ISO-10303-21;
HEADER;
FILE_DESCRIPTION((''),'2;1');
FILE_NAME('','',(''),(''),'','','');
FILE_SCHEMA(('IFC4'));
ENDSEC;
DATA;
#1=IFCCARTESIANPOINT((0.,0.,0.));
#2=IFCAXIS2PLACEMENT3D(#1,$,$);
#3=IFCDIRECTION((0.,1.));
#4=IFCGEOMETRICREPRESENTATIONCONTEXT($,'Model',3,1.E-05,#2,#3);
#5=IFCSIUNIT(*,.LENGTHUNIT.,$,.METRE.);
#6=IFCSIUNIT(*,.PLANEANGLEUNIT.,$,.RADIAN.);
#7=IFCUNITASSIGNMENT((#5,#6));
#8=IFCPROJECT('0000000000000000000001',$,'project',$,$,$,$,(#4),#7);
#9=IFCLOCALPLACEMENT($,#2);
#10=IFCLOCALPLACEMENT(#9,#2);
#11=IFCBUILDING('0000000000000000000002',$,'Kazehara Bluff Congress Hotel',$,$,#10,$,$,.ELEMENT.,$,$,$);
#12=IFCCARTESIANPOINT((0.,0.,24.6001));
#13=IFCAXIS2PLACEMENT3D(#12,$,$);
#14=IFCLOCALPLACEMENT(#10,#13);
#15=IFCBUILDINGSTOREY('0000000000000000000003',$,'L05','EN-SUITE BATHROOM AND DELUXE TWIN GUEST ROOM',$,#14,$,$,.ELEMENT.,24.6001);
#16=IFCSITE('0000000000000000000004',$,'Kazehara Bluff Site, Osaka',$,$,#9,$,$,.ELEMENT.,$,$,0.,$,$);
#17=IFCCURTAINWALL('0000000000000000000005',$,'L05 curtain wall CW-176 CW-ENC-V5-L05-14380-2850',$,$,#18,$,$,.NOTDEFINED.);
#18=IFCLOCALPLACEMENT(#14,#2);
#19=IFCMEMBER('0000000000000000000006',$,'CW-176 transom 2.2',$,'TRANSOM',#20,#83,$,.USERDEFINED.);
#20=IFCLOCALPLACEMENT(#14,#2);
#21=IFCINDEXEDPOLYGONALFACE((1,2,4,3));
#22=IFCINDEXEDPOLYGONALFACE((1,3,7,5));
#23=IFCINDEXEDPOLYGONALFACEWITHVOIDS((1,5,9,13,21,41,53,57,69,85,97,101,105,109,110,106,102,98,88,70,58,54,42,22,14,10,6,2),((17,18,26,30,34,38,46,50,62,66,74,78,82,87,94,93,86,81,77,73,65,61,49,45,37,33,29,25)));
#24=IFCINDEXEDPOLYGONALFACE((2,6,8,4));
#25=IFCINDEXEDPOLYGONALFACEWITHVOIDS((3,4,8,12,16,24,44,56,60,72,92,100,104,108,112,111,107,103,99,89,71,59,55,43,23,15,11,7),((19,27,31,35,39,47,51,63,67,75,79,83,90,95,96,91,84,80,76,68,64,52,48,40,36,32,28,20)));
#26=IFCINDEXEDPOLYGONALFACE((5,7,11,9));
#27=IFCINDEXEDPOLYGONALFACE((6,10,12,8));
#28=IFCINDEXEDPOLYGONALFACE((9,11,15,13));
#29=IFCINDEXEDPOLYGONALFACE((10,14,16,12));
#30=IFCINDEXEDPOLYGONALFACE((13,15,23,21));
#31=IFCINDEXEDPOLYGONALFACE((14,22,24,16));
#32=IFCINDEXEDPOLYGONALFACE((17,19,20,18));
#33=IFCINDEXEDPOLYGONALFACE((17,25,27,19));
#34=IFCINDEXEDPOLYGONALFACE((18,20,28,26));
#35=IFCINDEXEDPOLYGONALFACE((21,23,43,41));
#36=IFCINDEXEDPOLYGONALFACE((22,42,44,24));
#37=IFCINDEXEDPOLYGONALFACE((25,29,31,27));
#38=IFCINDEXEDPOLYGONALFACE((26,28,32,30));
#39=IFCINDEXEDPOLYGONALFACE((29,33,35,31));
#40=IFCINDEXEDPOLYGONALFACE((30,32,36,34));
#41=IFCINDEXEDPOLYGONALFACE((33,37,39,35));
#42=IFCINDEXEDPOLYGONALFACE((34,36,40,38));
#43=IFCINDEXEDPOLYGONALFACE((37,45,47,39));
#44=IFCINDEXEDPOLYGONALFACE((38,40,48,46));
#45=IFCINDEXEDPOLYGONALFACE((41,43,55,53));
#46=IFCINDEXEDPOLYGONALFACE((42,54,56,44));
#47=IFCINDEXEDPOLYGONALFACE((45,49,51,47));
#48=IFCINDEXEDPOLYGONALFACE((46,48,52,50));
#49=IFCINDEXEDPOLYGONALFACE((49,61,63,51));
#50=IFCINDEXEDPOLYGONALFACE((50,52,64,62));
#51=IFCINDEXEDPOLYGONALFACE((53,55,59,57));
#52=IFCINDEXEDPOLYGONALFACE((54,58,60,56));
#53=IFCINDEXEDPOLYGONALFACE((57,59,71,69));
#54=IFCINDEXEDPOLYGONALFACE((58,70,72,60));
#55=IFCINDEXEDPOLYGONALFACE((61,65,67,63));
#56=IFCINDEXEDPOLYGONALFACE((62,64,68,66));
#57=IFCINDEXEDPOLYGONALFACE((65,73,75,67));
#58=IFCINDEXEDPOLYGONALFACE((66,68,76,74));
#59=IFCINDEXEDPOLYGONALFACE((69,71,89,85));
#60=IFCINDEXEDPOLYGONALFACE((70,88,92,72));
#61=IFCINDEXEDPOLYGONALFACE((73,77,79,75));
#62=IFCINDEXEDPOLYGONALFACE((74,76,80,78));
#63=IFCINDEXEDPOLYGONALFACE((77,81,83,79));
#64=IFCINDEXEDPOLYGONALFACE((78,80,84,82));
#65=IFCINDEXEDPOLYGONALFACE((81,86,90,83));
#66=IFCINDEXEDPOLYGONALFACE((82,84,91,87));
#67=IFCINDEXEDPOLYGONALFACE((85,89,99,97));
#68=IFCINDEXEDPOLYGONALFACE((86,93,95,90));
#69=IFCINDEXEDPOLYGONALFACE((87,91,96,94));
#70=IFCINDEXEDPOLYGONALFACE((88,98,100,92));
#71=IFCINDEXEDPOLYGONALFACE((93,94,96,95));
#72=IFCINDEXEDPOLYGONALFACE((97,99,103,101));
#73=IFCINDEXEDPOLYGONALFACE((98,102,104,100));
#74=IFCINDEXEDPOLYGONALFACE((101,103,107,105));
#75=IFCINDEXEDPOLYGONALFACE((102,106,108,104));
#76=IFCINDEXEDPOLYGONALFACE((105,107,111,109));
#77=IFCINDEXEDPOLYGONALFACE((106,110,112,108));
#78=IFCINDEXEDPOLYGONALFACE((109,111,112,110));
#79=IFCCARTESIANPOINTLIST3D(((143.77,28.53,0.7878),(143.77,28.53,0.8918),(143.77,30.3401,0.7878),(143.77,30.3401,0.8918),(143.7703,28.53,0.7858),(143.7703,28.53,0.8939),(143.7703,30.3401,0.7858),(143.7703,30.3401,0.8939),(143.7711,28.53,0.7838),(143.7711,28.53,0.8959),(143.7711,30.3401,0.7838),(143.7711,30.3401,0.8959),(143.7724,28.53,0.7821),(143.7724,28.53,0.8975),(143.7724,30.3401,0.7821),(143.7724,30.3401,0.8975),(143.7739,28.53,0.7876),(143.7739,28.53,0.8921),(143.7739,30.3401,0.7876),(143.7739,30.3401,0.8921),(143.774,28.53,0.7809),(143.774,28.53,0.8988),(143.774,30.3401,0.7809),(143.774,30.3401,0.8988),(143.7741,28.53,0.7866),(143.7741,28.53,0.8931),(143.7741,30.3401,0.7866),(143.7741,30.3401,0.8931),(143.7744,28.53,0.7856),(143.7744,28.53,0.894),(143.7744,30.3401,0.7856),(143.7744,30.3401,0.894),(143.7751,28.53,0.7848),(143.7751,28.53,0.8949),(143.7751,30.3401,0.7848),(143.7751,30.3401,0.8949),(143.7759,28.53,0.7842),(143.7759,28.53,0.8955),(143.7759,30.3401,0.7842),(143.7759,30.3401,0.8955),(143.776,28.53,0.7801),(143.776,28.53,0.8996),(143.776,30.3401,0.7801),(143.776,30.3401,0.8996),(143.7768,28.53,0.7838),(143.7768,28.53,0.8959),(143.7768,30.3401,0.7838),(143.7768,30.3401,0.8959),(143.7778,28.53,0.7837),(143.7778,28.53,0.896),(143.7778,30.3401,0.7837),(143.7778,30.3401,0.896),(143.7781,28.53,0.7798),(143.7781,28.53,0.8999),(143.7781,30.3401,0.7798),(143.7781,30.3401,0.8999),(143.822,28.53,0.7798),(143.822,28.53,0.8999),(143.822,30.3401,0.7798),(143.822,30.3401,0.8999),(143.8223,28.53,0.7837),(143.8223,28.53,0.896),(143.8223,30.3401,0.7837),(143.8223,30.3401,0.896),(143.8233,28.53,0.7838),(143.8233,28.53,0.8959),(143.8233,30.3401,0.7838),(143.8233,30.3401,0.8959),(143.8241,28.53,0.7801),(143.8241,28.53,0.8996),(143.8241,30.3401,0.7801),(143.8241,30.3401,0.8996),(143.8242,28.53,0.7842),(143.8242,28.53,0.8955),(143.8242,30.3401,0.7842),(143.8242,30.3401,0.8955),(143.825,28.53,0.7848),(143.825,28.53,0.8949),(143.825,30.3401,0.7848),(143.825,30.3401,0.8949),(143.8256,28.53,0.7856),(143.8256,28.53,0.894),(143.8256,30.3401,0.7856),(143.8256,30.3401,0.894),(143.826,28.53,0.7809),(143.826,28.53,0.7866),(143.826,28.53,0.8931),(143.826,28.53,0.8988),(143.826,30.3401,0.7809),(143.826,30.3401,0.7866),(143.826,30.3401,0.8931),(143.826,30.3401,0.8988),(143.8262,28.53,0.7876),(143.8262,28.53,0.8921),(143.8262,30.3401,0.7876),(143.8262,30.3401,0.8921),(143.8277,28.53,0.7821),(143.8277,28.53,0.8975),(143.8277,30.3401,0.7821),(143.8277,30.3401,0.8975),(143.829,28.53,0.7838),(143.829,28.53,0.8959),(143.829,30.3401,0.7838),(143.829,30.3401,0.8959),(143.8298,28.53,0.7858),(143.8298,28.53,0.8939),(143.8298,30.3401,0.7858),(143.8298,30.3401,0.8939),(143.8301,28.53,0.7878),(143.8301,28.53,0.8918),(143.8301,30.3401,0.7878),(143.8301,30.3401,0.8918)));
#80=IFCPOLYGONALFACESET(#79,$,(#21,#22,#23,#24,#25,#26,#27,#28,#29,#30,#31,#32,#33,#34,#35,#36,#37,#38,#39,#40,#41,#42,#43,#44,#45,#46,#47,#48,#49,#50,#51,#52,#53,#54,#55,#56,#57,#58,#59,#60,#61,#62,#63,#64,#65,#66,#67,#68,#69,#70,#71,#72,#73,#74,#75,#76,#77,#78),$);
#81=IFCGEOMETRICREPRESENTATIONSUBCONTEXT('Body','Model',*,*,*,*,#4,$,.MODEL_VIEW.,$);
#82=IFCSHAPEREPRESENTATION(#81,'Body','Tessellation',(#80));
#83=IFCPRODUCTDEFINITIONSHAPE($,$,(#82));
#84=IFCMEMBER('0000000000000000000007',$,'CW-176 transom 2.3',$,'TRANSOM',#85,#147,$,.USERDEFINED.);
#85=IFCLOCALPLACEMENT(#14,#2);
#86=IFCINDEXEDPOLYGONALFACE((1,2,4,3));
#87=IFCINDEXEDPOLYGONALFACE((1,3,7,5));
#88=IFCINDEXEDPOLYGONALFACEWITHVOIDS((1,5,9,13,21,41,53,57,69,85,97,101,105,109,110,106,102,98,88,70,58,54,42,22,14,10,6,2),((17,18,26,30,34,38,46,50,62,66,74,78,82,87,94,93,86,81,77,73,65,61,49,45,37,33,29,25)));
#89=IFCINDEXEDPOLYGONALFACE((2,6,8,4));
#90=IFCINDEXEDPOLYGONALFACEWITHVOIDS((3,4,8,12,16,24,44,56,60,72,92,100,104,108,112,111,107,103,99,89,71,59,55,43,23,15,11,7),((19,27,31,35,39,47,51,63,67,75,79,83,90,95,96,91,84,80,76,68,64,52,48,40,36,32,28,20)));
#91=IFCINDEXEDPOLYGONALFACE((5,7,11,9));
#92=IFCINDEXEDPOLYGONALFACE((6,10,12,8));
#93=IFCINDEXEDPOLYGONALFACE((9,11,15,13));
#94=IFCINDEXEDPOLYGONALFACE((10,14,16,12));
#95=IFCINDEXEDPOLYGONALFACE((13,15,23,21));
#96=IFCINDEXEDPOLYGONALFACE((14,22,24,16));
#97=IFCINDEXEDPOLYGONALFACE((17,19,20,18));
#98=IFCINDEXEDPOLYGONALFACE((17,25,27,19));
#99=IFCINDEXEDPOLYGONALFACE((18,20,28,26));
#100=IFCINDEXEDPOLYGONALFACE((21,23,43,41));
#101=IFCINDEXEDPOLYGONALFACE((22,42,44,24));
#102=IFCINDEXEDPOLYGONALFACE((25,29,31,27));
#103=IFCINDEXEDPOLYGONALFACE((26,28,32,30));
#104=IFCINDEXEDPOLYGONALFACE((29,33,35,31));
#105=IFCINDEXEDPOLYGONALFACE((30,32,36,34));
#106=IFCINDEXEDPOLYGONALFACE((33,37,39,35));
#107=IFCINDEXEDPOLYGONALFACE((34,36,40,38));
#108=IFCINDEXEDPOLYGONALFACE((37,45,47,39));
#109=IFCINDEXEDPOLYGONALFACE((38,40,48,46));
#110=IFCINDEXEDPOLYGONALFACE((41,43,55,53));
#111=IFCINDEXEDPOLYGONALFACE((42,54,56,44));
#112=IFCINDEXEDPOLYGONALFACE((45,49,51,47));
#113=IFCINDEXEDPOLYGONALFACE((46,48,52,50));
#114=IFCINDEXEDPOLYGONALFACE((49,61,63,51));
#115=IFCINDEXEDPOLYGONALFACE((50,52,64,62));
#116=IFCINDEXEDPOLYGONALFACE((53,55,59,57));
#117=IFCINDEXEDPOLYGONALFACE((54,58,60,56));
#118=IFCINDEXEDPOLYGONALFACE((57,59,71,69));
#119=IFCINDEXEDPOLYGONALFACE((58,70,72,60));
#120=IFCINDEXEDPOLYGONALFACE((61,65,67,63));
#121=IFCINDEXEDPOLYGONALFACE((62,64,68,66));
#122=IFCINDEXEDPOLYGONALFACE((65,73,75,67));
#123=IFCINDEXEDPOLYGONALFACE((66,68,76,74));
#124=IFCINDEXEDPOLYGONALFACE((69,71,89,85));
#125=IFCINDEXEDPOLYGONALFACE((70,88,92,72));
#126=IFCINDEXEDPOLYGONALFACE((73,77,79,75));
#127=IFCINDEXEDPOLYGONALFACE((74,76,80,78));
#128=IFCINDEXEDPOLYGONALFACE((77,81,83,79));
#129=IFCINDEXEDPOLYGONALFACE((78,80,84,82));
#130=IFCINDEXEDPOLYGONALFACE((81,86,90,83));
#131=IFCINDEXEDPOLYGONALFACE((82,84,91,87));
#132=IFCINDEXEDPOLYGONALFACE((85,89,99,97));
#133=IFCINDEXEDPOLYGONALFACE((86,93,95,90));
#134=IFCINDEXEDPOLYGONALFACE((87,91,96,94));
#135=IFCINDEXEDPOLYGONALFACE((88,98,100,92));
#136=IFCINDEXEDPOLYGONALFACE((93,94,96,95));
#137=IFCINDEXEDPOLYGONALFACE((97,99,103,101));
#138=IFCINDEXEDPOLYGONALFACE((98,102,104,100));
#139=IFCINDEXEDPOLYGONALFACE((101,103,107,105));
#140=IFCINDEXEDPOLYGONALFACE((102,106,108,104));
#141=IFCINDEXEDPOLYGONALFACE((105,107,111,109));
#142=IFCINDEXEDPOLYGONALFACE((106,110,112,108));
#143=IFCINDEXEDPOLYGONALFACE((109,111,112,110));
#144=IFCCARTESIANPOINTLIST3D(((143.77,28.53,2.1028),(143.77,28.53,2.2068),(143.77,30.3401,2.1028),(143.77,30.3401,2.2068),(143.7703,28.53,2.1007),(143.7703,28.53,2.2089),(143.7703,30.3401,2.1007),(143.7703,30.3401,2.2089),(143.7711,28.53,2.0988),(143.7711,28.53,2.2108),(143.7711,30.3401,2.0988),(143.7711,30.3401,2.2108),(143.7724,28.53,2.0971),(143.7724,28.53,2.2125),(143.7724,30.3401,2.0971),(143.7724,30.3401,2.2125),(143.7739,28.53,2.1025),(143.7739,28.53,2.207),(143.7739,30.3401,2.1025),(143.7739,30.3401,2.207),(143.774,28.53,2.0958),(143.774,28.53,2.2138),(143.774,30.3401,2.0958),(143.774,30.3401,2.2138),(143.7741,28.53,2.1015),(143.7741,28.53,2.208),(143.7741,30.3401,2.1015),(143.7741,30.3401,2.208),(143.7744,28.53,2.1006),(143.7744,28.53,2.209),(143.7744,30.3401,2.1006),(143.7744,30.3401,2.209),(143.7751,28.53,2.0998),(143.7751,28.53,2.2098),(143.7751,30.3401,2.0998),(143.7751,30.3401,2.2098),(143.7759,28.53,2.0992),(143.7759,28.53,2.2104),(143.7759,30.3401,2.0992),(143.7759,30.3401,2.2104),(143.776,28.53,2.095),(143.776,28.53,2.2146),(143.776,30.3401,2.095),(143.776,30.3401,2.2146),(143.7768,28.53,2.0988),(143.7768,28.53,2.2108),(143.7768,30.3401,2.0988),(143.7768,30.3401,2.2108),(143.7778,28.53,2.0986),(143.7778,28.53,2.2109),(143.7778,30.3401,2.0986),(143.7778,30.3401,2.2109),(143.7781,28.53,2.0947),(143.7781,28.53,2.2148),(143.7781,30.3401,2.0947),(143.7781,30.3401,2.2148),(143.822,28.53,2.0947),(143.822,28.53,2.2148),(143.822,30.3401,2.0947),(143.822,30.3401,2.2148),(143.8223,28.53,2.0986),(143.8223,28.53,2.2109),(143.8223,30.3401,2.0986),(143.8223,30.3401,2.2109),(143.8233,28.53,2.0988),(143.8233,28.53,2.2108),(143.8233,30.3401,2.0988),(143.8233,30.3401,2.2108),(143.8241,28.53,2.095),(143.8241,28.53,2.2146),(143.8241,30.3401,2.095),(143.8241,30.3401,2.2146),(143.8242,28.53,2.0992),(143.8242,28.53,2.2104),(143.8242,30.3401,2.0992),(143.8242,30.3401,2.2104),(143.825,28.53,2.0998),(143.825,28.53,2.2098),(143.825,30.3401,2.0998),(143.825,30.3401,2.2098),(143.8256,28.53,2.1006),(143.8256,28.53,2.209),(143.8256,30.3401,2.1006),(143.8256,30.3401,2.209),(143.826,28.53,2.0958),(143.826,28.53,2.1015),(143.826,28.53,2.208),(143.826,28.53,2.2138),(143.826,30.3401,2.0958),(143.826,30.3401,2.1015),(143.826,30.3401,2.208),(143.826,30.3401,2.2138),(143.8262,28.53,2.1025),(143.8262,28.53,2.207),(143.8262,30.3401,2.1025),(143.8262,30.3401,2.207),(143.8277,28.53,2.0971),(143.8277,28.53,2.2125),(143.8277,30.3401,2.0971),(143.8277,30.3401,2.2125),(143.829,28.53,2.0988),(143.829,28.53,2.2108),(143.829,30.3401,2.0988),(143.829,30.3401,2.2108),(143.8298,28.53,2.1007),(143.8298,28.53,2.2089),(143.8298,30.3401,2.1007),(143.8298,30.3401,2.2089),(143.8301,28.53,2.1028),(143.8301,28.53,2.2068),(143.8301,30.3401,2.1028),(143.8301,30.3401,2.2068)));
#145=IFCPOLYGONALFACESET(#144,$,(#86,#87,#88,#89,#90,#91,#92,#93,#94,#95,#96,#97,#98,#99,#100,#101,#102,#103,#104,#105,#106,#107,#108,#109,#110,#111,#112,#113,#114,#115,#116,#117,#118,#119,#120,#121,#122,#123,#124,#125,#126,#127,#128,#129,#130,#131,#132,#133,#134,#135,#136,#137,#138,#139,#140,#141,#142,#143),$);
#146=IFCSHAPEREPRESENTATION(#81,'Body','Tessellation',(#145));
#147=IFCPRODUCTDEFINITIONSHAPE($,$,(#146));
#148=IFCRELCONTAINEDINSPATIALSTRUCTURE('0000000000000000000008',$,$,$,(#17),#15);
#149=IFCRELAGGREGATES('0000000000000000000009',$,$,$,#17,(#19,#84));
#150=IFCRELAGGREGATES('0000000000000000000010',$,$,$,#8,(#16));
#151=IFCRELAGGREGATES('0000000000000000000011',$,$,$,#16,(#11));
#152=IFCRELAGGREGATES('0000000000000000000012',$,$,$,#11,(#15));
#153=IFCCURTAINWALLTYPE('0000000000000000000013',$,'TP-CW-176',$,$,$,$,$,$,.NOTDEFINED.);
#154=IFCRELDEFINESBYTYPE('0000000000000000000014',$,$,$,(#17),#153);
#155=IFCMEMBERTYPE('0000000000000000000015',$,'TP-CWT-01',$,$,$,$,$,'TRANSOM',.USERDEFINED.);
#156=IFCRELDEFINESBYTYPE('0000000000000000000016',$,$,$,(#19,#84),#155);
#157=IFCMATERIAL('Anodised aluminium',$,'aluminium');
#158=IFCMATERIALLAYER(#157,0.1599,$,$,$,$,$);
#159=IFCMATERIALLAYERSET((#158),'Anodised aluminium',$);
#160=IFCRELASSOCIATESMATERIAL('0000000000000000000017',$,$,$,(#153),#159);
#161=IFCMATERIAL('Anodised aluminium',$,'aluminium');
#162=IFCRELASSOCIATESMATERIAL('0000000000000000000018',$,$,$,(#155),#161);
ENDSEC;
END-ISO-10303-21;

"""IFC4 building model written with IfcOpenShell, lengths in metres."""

from ifc_helpers import new_model, si_unit, direction, frame, origin, origin_2d, place, context, subcontext, project, spatial, hollow_rectangle, extrude, material, layer, layer_set, material_profile, profile_set, type_object, element, aggregate, save


model = new_model("IFC4")

# Units and contexts
model_context = context("Model", 3, precision=1e-05, world=origin(), true_north=direction((0.0, 1.0)))
body_context = subcontext(model_context, "Body", "Model", "MODEL_VIEW")
ifc_project = project(units=[si_unit("LENGTHUNIT", "METRE"), si_unit("PLANEANGLEUNIT", "RADIAN")], contexts=[model_context])

# Site, building, storey
site_placement = place(None, origin())
site = spatial("IfcSite", under=ifc_project, at=site_placement, Name="Kazehara Bluff Site, Osaka", CompositionType="ELEMENT", RefElevation=0.0)
building_placement = place(site_placement, origin())
building = spatial("IfcBuilding", under=site, at=building_placement, Name="Kazehara Bluff Congress Hotel", CompositionType="ELEMENT")
storey_placement = place(building_placement, frame((0.0, 0.0, 24.6001)))
storey = spatial("IfcBuildingStorey", under=building, at=storey_placement, Name="L05", Description="EN-SUITE BATHROOM AND DELUXE TWIN GUEST ROOM", CompositionType="ELEMENT", Elevation=24.6001)

# Curtain wall, members
ifc_material_1 = material(Name="Anodised aluminium", Category="aluminium")
ifc_layer_1 = layer(ifc_material_1, 0.1599)
ifc_layer_set_1 = layer_set([ifc_layer_1], Name="Anodised aluminium")
curtain_wall_type = type_object("IfcCurtainWallType", Name="TP-CW-176", PredefinedType="NOTDEFINED", material=ifc_layer_set_1)
curtain_wall_placement = place(storey_placement, origin())
curtain_wall = element("IfcCurtainWall", 1, at=curtain_wall_placement, inside=storey, type_object=curtain_wall_type, Name="L05 curtain wall CW-176 CW-ENC-V5-L05-14380-2850", PredefinedType="NOTDEFINED")
ifc_material_2 = material(Name="Anodised aluminium", Category="aluminium")
ifc_material_profile_1 = material_profile(ifc_material_2, hollow_rectangle(XDim=0.0601, YDim=0.1201, WallThickness=0.0039, InnerFilletRadius=0.0039, OuterFilletRadius=0.0081, at=origin_2d()))
ifc_profile_set_1 = profile_set([ifc_material_profile_1], Name="Anodised aluminium")
member_type_1 = type_object("IfcMemberType", Name="TP-CWT-01", ElementType="TRANSOM", PredefinedType="USERDEFINED", material=ifc_profile_set_1)
member_1_placement = place(storey_placement, frame((143.8, 28.53, 0.8398), z_axis=(0.0, 1.0, 0.0), x_axis=(-1.0, 0.0, 0.0)))
member_1 = element("IfcMember", 2, at=member_1_placement, type_object=member_type_1, Name="CW-176 transom 2.2", ObjectType="TRANSOM", PredefinedType="USERDEFINED", context=body_context, shape_type="SweptSolid", body=[
    extrude(hollow_rectangle(XDim=0.0601, YDim=0.1201, WallThickness=0.0039, InnerFilletRadius=0.0039, OuterFilletRadius=0.0081, at=origin_2d()), origin(), (0.0, 0.0, 1.0), 1.8101),
])
member_2_placement = place(storey_placement, frame((143.8, 28.53, 2.1548), z_axis=(0.0, 1.0, 0.0), x_axis=(-1.0, 0.0, 0.0)))
member_2 = element("IfcMember", 3, at=member_2_placement, type_object=member_type_1, Name="CW-176 transom 2.3", ObjectType="TRANSOM", PredefinedType="USERDEFINED", context=body_context, shape_type="SweptSolid", body=[
    extrude(hollow_rectangle(XDim=0.0601, YDim=0.1201, WallThickness=0.0039, InnerFilletRadius=0.0039, OuterFilletRadius=0.0081, at=origin_2d()), origin(), (0.0, 0.0, 1.0), 1.8101),
])
aggregate(curtain_wall, [member_1, member_2])

save(model, "model.ifc")
